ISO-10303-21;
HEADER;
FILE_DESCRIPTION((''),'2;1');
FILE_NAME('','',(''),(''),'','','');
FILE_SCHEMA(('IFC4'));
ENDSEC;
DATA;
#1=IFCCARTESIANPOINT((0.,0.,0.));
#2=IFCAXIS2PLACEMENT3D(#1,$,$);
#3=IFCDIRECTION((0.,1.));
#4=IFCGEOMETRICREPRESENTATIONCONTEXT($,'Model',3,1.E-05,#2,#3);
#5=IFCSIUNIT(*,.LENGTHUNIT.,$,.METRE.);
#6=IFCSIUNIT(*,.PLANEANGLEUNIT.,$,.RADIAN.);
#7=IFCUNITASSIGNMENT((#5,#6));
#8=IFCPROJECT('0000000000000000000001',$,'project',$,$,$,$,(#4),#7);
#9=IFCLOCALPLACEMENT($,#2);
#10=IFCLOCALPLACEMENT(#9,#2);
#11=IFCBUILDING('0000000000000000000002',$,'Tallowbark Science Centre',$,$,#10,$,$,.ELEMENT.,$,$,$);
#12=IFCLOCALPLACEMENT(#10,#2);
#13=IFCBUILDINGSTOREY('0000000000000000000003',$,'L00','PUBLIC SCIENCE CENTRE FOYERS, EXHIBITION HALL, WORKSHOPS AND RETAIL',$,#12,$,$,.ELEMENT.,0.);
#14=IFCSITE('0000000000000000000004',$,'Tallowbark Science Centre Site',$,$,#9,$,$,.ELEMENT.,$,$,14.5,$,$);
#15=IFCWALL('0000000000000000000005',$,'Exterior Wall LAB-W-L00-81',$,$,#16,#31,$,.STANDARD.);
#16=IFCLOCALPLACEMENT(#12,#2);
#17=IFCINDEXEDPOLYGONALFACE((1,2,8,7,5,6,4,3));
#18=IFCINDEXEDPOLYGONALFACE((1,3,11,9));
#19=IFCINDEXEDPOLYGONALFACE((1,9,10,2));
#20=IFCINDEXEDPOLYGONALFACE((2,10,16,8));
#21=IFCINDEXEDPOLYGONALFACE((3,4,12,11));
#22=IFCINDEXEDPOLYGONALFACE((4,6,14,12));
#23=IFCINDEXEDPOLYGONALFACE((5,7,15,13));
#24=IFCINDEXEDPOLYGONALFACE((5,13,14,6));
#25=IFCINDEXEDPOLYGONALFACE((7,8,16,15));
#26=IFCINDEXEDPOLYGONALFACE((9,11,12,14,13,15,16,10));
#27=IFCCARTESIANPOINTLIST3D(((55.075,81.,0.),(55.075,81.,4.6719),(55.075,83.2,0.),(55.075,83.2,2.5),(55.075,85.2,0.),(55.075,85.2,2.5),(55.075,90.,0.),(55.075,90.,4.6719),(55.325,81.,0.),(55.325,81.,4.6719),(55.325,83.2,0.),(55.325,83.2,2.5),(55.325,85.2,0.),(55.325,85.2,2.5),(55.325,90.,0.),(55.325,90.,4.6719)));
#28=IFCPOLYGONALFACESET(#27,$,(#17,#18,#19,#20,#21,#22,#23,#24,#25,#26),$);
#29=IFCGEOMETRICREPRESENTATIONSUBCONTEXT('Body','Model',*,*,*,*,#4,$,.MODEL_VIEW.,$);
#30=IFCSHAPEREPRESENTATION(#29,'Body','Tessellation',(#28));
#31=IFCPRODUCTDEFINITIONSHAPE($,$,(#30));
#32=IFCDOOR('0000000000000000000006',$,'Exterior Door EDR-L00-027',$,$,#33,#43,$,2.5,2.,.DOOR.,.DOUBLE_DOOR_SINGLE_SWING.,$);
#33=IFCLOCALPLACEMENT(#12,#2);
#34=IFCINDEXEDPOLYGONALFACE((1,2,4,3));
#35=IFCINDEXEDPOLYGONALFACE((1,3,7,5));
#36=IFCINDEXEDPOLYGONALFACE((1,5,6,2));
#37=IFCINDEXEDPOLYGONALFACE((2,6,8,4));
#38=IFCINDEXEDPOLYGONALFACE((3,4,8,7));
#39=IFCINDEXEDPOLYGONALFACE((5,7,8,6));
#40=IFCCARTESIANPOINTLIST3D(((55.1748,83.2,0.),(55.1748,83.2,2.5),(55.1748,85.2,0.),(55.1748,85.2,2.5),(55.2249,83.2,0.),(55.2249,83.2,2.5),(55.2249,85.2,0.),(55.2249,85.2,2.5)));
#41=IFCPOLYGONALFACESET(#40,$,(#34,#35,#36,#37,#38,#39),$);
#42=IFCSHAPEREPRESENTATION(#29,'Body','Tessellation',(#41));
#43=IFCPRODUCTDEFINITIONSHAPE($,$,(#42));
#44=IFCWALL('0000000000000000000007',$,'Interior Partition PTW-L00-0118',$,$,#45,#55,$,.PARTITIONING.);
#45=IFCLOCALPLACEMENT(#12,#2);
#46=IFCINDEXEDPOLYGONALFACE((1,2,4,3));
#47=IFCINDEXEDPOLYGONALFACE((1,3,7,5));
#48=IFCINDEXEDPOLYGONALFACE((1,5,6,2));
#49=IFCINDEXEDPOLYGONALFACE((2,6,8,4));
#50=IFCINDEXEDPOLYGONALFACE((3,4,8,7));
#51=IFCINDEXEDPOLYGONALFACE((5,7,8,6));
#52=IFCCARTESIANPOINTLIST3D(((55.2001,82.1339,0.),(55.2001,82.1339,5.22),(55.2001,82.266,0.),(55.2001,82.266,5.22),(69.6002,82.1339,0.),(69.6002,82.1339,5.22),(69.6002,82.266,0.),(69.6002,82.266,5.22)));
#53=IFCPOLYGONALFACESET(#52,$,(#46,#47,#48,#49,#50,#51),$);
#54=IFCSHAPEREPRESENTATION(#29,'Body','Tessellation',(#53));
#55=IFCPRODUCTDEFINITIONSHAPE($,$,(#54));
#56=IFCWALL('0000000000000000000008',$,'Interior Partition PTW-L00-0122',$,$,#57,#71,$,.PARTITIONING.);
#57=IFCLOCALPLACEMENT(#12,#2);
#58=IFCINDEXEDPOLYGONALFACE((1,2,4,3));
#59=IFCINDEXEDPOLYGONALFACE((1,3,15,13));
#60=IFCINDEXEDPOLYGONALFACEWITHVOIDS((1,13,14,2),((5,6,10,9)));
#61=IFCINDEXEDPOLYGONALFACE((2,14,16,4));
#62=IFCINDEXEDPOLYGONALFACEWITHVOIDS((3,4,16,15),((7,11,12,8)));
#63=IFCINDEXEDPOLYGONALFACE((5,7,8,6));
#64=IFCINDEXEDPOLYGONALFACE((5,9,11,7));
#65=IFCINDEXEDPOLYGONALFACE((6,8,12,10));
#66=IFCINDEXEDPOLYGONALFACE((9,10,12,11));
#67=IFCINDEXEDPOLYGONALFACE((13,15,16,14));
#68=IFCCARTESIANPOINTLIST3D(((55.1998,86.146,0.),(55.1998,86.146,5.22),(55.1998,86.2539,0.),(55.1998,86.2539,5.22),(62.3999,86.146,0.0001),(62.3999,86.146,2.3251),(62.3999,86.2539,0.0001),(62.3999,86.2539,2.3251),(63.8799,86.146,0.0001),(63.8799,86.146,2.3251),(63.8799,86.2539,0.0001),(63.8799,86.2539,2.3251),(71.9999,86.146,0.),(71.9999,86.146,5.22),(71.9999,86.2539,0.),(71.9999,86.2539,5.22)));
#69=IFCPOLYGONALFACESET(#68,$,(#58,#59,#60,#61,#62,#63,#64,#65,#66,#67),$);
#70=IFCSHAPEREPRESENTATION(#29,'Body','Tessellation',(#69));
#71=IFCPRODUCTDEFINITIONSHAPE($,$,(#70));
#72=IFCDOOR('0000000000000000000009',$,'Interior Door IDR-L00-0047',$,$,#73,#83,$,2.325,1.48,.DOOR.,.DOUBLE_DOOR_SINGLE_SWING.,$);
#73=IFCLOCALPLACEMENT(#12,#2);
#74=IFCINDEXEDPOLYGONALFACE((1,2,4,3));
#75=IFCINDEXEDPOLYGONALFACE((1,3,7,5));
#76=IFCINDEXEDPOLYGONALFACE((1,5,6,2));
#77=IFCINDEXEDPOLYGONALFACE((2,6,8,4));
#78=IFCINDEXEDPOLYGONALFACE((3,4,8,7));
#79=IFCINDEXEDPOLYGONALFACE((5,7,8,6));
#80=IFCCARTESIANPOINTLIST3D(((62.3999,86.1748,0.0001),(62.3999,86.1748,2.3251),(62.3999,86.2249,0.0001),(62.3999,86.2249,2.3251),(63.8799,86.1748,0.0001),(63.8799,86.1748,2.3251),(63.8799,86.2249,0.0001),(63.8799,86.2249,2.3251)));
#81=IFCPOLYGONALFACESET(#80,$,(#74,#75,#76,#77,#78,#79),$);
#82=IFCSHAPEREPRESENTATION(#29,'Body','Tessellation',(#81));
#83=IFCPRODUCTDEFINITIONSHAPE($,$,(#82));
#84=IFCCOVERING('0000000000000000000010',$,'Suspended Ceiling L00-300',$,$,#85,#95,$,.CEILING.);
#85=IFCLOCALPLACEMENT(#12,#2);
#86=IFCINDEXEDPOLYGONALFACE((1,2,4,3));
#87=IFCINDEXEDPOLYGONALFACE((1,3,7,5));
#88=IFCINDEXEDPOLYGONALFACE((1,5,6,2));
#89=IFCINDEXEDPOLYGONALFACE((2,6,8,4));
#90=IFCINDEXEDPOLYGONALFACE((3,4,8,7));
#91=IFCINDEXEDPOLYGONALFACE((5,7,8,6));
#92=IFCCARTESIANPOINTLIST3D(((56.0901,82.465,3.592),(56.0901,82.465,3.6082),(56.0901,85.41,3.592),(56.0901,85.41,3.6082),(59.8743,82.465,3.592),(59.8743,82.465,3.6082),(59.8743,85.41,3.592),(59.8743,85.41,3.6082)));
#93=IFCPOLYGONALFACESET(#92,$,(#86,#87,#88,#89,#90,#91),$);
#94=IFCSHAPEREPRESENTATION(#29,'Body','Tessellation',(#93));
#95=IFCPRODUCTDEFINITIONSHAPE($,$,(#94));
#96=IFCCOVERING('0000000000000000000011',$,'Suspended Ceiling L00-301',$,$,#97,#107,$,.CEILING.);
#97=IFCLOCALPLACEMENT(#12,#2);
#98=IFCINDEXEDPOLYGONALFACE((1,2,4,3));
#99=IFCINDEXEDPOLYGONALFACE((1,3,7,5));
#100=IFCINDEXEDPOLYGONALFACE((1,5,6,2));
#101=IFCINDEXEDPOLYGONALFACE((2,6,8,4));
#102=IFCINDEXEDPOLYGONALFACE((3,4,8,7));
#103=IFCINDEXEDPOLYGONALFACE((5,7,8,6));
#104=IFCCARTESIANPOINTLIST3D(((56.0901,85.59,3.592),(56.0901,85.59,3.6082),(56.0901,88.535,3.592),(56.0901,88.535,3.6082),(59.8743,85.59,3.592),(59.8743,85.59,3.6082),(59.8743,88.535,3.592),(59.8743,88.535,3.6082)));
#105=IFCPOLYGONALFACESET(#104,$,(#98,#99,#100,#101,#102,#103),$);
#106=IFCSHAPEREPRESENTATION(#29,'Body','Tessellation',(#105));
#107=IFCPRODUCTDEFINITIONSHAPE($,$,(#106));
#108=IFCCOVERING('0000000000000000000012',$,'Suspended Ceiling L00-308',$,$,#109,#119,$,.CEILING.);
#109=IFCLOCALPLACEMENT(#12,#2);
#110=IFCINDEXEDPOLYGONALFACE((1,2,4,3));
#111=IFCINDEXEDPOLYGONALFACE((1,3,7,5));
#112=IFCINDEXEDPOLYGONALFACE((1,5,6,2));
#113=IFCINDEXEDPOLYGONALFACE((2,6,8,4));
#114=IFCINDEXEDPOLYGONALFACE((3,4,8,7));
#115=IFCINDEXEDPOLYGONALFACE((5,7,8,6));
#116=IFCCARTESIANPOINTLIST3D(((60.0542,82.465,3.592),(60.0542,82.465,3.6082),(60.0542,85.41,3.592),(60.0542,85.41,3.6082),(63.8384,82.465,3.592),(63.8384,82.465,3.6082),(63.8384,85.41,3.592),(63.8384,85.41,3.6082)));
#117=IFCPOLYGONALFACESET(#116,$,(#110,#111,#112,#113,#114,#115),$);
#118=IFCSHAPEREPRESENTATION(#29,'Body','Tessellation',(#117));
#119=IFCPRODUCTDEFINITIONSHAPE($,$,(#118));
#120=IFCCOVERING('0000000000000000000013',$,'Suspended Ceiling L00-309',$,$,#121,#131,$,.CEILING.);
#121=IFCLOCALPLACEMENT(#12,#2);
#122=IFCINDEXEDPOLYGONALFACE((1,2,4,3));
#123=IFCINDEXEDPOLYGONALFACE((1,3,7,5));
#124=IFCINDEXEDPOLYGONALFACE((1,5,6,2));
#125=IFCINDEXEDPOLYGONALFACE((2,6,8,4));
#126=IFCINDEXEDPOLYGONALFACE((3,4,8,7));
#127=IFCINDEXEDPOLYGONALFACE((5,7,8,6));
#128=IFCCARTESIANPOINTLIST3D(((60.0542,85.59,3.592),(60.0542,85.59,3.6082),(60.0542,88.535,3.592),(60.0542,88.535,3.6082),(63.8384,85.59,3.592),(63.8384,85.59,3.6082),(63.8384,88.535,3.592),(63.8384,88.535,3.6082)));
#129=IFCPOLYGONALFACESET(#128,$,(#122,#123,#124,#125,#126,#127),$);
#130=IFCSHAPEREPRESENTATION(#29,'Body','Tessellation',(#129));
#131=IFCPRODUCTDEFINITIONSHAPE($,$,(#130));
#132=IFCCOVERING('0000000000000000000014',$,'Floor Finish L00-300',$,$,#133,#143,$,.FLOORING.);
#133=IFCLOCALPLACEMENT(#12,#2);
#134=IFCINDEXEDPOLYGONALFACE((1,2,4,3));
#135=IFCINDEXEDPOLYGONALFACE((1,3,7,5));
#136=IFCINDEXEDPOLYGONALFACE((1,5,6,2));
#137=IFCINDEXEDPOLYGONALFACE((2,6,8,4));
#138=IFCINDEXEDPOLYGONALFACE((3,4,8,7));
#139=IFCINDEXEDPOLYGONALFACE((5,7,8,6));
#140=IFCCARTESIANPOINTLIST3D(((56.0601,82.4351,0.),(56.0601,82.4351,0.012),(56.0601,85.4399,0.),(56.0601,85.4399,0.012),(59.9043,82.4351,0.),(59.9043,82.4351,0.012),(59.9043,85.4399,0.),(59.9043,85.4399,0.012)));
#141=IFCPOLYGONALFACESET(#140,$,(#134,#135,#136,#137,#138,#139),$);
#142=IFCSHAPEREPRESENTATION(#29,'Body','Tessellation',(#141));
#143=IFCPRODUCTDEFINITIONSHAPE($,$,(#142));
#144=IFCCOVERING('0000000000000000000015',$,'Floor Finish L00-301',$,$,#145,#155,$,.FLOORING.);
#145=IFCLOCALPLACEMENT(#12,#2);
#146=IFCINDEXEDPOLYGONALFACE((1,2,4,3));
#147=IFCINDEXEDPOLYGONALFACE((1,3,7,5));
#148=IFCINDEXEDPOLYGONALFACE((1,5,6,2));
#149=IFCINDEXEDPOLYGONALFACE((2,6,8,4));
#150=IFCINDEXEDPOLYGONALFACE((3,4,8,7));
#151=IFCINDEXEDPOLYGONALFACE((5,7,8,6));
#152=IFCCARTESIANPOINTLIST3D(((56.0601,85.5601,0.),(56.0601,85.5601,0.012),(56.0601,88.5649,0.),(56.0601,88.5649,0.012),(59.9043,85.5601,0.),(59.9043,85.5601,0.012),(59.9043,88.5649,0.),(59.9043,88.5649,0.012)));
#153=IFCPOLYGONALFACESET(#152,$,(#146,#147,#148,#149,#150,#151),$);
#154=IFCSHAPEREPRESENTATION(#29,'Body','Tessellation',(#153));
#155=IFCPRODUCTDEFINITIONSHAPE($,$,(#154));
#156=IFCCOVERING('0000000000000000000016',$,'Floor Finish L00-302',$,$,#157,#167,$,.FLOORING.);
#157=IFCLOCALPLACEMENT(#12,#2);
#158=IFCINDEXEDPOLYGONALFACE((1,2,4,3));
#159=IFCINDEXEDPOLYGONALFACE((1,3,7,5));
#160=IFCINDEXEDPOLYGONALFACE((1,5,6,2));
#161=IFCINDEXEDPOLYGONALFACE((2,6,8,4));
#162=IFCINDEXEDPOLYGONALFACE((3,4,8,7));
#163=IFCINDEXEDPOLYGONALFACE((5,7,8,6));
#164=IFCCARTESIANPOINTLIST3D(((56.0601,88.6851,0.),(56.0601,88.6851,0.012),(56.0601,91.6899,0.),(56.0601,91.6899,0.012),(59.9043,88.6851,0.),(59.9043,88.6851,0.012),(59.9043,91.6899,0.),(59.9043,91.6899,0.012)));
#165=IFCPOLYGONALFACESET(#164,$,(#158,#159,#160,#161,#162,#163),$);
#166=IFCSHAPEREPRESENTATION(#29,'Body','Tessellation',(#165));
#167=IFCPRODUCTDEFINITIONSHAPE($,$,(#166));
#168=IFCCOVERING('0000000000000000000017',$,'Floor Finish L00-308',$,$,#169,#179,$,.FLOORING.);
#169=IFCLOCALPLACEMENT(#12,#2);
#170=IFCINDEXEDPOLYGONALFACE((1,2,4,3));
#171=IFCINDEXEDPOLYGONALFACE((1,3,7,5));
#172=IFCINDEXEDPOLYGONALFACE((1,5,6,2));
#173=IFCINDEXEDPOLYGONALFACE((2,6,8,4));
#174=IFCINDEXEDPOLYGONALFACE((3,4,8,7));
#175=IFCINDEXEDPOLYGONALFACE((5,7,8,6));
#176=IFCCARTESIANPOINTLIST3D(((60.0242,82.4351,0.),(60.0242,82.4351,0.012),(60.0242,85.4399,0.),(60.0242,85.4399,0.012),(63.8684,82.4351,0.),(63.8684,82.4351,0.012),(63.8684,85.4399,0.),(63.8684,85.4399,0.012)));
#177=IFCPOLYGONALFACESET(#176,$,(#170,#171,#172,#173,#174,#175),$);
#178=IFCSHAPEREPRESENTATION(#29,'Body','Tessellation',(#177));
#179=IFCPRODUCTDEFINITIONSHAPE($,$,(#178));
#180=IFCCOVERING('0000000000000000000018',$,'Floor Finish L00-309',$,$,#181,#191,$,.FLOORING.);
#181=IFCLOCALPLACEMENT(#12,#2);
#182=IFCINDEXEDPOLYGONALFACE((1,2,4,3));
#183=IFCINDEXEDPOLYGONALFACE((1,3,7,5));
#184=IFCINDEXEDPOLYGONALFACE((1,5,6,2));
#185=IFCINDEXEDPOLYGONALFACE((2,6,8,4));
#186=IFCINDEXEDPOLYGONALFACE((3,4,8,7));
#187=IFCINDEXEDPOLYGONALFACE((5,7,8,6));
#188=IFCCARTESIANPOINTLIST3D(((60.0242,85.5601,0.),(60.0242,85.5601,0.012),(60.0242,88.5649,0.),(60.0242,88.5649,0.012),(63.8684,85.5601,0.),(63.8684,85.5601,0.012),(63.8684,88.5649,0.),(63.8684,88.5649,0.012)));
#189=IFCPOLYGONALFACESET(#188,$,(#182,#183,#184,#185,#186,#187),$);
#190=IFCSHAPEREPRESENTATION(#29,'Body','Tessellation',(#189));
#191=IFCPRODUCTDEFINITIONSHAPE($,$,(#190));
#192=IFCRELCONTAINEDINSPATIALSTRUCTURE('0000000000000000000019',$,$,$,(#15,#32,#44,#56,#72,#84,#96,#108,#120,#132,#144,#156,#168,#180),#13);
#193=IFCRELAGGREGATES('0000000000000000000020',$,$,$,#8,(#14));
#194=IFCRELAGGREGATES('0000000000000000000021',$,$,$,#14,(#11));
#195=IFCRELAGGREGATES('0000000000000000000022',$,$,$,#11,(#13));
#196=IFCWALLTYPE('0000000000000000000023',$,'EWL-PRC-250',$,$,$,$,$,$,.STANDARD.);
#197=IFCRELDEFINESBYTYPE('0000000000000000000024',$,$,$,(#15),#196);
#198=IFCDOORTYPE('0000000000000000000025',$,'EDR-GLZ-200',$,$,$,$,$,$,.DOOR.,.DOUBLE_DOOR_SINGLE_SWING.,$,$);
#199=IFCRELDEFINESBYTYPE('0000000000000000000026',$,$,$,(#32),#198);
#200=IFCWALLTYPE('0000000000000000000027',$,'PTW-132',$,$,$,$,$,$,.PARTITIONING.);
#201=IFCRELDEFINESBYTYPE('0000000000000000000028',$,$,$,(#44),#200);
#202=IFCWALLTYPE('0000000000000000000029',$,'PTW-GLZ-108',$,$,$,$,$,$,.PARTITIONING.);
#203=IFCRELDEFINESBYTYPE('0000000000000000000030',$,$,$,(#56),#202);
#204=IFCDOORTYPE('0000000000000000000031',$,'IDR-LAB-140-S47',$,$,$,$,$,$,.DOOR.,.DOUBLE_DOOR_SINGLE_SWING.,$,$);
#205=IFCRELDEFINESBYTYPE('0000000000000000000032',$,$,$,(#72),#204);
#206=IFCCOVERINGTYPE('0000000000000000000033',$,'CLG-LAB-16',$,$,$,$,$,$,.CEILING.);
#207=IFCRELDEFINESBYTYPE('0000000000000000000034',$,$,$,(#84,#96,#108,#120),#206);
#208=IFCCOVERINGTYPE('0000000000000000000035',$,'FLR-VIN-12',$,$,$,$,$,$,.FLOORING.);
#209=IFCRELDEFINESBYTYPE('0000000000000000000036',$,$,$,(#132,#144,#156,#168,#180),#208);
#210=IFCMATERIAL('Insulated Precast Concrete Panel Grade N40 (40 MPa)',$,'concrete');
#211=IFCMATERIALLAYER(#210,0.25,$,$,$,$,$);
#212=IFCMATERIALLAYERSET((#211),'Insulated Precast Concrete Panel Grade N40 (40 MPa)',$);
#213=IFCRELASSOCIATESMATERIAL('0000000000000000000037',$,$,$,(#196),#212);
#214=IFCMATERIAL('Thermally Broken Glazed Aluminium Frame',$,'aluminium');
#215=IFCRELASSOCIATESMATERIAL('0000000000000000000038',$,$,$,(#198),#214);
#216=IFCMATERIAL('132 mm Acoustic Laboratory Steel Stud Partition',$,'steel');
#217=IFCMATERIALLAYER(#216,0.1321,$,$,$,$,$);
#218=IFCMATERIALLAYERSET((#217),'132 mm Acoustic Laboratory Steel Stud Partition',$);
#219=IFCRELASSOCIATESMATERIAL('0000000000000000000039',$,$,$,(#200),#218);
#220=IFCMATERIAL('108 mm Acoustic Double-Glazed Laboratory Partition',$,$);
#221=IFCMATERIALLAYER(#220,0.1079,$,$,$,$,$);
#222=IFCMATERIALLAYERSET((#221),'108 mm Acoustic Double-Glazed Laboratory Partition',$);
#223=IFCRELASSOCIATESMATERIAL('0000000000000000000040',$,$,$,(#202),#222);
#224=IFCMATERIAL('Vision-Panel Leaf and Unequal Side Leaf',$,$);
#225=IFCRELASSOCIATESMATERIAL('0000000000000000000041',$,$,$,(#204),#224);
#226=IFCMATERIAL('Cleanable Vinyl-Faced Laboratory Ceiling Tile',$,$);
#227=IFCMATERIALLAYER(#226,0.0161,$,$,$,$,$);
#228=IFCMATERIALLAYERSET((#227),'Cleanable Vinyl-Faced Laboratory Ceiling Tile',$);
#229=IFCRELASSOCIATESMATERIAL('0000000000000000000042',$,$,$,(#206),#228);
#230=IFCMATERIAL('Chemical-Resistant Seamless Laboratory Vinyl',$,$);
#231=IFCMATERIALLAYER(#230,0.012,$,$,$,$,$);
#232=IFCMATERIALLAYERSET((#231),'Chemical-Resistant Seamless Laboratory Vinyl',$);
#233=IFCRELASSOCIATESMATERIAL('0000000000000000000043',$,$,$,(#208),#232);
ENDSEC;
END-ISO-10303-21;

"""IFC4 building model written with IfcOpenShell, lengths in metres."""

from ifc_helpers import new_model, si_unit, direction, frame, frame_2d, origin, origin_2d, place, context, subcontext, project, spatial, rectangle, extrude, material, layer, layer_set, type_object, element, fill, save


model = new_model("IFC4")

# Units and contexts
model_context = context("Model", 3, precision=1e-05, world=origin(), true_north=direction((0.0, 1.0)))
body_context = subcontext(model_context, "Body", "Model", "MODEL_VIEW")
ifc_project = project(units=[si_unit("LENGTHUNIT", "METRE"), si_unit("PLANEANGLEUNIT", "RADIAN")], contexts=[model_context])

# Site, building, storey
site_placement = place(None, origin())
site = spatial("IfcSite", under=ifc_project, at=site_placement, Name="Tallowbark Science Centre Site", CompositionType="ELEMENT", RefElevation=14.5)
building_placement = place(site_placement, origin())
building = spatial("IfcBuilding", under=site, at=building_placement, Name="Tallowbark Science Centre", CompositionType="ELEMENT")
storey_placement = place(building_placement, origin())
storey = spatial("IfcBuildingStorey", under=building, at=storey_placement, Name="L00", Description="PUBLIC SCIENCE CENTRE FOYERS, EXHIBITION HALL, WORKSHOPS AND RETAIL", CompositionType="ELEMENT", Elevation=0.0)

# Wall, opening, door
ifc_material_1 = material(Name="Insulated Precast Concrete Panel Grade N40 (40 MPa)", Category="concrete")
ifc_layer_1 = layer(ifc_material_1, 0.25)
ifc_layer_set_1 = layer_set([ifc_layer_1], Name="Insulated Precast Concrete Panel Grade N40 (40 MPa)")
wall_type_1 = type_object("IfcWallType", Name="EWL-PRC-250", PredefinedType="STANDARD", material=ifc_layer_set_1)
wall_1_placement = place(storey_placement, frame((55.2, 90.0, 0.0), z_axis=(0.0, 0.0, 1.0), x_axis=(0.0, -1.0, 0.0)))
wall_1 = element("IfcWall", 1, at=wall_1_placement, inside=storey, type_object=wall_type_1, Name="Exterior Wall LAB-W-L00-81", PredefinedType="STANDARD", context=body_context, shape_type="SweptSolid", body=[
    extrude(rectangle(XDim=9.0, YDim=0.25, at=frame_2d((4.5, 0.0))), origin(), (0.0, 0.0, 1.0), 4.6719),
])
opening_1_placement = place(wall_1_placement, frame((4.8, 0.0, 0.0)))
opening_1 = element("IfcOpeningElement", 2, at=opening_1_placement, cuts=wall_1, PredefinedType="OPENING", context=body_context, shape_type="SweptSolid", body=[
    extrude(rectangle(XDim=2.0, YDim=2.5, at=frame_2d((1.0, 1.25))), frame((0.0, 0.135, 0.0), z_axis=(0.0, -1.0, 0.0), x_axis=(1.0, 0.0, 0.0)), (0.0, 0.0, 1.0), 0.27),
])
ifc_material_2 = material(Name="Thermally Broken Glazed Aluminium Frame", Category="aluminium")
door_type_1 = type_object("IfcDoorType", Name="EDR-GLZ-200", OperationType="DOUBLE_DOOR_SINGLE_SWING", PredefinedType="DOOR", material=ifc_material_2)
door_1_placement = place(opening_1_placement, origin())
door_1 = element("IfcDoor", 3, at=door_1_placement, inside=storey, type_object=door_type_1, Name="Exterior Door EDR-L00-027", OperationType="DOUBLE_DOOR_SINGLE_SWING", OverallHeight=2.5, OverallWidth=2.0, PredefinedType="DOOR", context=body_context, shape_type="SweptSolid", body=[
    extrude(rectangle(XDim=2.0, YDim=2.5, at=frame_2d((1.0, 1.25))), frame((0.0, 0.0249, 0.0), z_axis=(0.0, -1.0, 0.0), x_axis=(1.0, 0.0, 0.0)), (0.0, 0.0, 1.0), 0.05),
])
fill(opening_1, door_1)

# Wall
ifc_material_3 = material(Name="132 mm Acoustic Laboratory Steel Stud Partition", Category="steel")
ifc_layer_2 = layer(ifc_material_3, 0.1321)
ifc_layer_set_2 = layer_set([ifc_layer_2], Name="132 mm Acoustic Laboratory Steel Stud Partition")
wall_type_2 = type_object("IfcWallType", Name="PTW-132", PredefinedType="PARTITIONING", material=ifc_layer_set_2)
wall_2_placement = place(storey_placement, frame((55.2, 82.2, 0.0), z_axis=(0.0, 0.0, 1.0), x_axis=(1.0, 0.0, 0.0)))
element("IfcWall", 4, at=wall_2_placement, inside=storey, type_object=wall_type_2, Name="Interior Partition PTW-L00-0118", PredefinedType="PARTITIONING", context=body_context, shape_type="SweptSolid", body=[
    extrude(rectangle(XDim=14.4001, YDim=0.1321, at=frame_2d((7.2002, 0.0))), origin(), (0.0, 0.0, 1.0), 5.22),
])

# Wall, opening, door
ifc_material_4 = material(Name="108 mm Acoustic Double-Glazed Laboratory Partition")
ifc_layer_3 = layer(ifc_material_4, 0.1079)
ifc_layer_set_3 = layer_set([ifc_layer_3], Name="108 mm Acoustic Double-Glazed Laboratory Partition")
wall_type_3 = type_object("IfcWallType", Name="PTW-GLZ-108", PredefinedType="PARTITIONING", material=ifc_layer_set_3)
wall_3_placement = place(storey_placement, frame((55.2, 86.2, 0.0), z_axis=(0.0, 0.0, 1.0), x_axis=(1.0, 0.0, 0.0)))
wall_3 = element("IfcWall", 5, at=wall_3_placement, inside=storey, type_object=wall_type_3, Name="Interior Partition PTW-L00-0122", PredefinedType="PARTITIONING", context=body_context, shape_type="SweptSolid", body=[
    extrude(rectangle(XDim=16.8, YDim=0.1079, at=frame_2d((8.3999, 0.0))), origin(), (0.0, 0.0, 1.0), 5.22),
])
opening_2_placement = place(wall_3_placement, frame((7.2, 0.0, 0.0)))
opening_2 = element("IfcOpeningElement", 6, at=opening_2_placement, cuts=wall_3, PredefinedType="OPENING", context=body_context, shape_type="SweptSolid", body=[
    extrude(rectangle(XDim=1.48, YDim=2.325, at=frame_2d((0.74, 1.1626))), frame((0.0, 0.064, 0.0), z_axis=(0.0, -1.0, 0.0), x_axis=(1.0, 0.0, 0.0)), (0.0, 0.0, 1.0), 0.1279),
])
ifc_material_5 = material(Name="Vision-Panel Leaf and Unequal Side Leaf")
door_type_2 = type_object("IfcDoorType", Name="IDR-LAB-140-S47", OperationType="DOUBLE_DOOR_SINGLE_SWING", PredefinedType="DOOR", material=ifc_material_5)
door_2_placement = place(opening_2_placement, origin())
door_2 = element("IfcDoor", 7, at=door_2_placement, inside=storey, type_object=door_type_2, Name="Interior Door IDR-L00-0047", OperationType="DOUBLE_DOOR_SINGLE_SWING", OverallHeight=2.325, OverallWidth=1.48, PredefinedType="DOOR", context=body_context, shape_type="SweptSolid", body=[
    extrude(rectangle(XDim=1.48, YDim=2.325, at=frame_2d((0.74, 1.1626))), frame((0.0, 0.0249, 0.0), z_axis=(0.0, -1.0, 0.0), x_axis=(1.0, 0.0, 0.0)), (0.0, 0.0, 1.0), 0.05),
])
fill(opening_2, door_2)

# Coverings
ifc_material_6 = material(Name="Cleanable Vinyl-Faced Laboratory Ceiling Tile")
ifc_layer_4 = layer(ifc_material_6, 0.0161)
ifc_layer_set_4 = layer_set([ifc_layer_4], Name="Cleanable Vinyl-Faced Laboratory Ceiling Tile")
covering_type_1 = type_object("IfcCoveringType", Name="CLG-LAB-16", PredefinedType="CEILING", material=ifc_layer_set_4)
for number, where, z_axis, x_axis, name in (
    (8, (57.9822, 83.9375, 3.592), (0.0, 0.0, 1.0), (1.0, 0.0, 0.0), "Suspended Ceiling L00-300"),
    (9, (57.9822, 87.0625, 3.592), (0.0, 0.0, 1.0), (1.0, 0.0, 0.0), "Suspended Ceiling L00-301"),
    (10, (61.9463, 83.9375, 3.592), (0.0, 0.0, 1.0), (1.0, 0.0, 0.0), "Suspended Ceiling L00-308"),
    (11, (61.9463, 87.0625, 3.592), (0.0, 0.0, 1.0), (1.0, 0.0, 0.0), "Suspended Ceiling L00-309"),
):
    element("IfcCovering", number, at=place(storey_placement, frame(where, z_axis=z_axis, x_axis=x_axis)), inside=storey, type_object=covering_type_1, Name=name, PredefinedType="CEILING", context=body_context, shape_type="SweptSolid", body=[
        extrude(rectangle(XDim=3.7842, YDim=2.9451, at=origin_2d()), origin(), (0.0, 0.0, 1.0), 0.0161),
    ])
ifc_material_7 = material(Name="Chemical-Resistant Seamless Laboratory Vinyl")
ifc_layer_5 = layer(ifc_material_7, 0.012)
ifc_layer_set_5 = layer_set([ifc_layer_5], Name="Chemical-Resistant Seamless Laboratory Vinyl")
covering_type_2 = type_object("IfcCoveringType", Name="FLR-VIN-12", PredefinedType="FLOORING", material=ifc_layer_set_5)
for number, where, z_axis, x_axis, name in (
    (12, (57.9822, 83.9375, 0.0), (0.0, 0.0, 1.0), (1.0, 0.0, 0.0), "Floor Finish L00-300"),
    (13, (57.9822, 87.0625, 0.0), (0.0, 0.0, 1.0), (1.0, 0.0, 0.0), "Floor Finish L00-301"),
    (14, (57.9822, 90.1875, 0.0), (0.0, 0.0, 1.0), (1.0, 0.0, 0.0), "Floor Finish L00-302"),
    (15, (61.9463, 83.9375, 0.0), (0.0, 0.0, 1.0), (1.0, 0.0, 0.0), "Floor Finish L00-308"),
    (16, (61.9463, 87.0625, 0.0), (0.0, 0.0, 1.0), (1.0, 0.0, 0.0), "Floor Finish L00-309"),
):
    element("IfcCovering", number, at=place(storey_placement, frame(where, z_axis=z_axis, x_axis=x_axis)), inside=storey, type_object=covering_type_2, Name=name, PredefinedType="FLOORING", context=body_context, shape_type="SweptSolid", body=[
        extrude(rectangle(XDim=3.8442, YDim=3.0049, at=origin_2d()), origin(), (0.0, 0.0, 1.0), 0.012),
    ])

save(model, "model.ifc")
